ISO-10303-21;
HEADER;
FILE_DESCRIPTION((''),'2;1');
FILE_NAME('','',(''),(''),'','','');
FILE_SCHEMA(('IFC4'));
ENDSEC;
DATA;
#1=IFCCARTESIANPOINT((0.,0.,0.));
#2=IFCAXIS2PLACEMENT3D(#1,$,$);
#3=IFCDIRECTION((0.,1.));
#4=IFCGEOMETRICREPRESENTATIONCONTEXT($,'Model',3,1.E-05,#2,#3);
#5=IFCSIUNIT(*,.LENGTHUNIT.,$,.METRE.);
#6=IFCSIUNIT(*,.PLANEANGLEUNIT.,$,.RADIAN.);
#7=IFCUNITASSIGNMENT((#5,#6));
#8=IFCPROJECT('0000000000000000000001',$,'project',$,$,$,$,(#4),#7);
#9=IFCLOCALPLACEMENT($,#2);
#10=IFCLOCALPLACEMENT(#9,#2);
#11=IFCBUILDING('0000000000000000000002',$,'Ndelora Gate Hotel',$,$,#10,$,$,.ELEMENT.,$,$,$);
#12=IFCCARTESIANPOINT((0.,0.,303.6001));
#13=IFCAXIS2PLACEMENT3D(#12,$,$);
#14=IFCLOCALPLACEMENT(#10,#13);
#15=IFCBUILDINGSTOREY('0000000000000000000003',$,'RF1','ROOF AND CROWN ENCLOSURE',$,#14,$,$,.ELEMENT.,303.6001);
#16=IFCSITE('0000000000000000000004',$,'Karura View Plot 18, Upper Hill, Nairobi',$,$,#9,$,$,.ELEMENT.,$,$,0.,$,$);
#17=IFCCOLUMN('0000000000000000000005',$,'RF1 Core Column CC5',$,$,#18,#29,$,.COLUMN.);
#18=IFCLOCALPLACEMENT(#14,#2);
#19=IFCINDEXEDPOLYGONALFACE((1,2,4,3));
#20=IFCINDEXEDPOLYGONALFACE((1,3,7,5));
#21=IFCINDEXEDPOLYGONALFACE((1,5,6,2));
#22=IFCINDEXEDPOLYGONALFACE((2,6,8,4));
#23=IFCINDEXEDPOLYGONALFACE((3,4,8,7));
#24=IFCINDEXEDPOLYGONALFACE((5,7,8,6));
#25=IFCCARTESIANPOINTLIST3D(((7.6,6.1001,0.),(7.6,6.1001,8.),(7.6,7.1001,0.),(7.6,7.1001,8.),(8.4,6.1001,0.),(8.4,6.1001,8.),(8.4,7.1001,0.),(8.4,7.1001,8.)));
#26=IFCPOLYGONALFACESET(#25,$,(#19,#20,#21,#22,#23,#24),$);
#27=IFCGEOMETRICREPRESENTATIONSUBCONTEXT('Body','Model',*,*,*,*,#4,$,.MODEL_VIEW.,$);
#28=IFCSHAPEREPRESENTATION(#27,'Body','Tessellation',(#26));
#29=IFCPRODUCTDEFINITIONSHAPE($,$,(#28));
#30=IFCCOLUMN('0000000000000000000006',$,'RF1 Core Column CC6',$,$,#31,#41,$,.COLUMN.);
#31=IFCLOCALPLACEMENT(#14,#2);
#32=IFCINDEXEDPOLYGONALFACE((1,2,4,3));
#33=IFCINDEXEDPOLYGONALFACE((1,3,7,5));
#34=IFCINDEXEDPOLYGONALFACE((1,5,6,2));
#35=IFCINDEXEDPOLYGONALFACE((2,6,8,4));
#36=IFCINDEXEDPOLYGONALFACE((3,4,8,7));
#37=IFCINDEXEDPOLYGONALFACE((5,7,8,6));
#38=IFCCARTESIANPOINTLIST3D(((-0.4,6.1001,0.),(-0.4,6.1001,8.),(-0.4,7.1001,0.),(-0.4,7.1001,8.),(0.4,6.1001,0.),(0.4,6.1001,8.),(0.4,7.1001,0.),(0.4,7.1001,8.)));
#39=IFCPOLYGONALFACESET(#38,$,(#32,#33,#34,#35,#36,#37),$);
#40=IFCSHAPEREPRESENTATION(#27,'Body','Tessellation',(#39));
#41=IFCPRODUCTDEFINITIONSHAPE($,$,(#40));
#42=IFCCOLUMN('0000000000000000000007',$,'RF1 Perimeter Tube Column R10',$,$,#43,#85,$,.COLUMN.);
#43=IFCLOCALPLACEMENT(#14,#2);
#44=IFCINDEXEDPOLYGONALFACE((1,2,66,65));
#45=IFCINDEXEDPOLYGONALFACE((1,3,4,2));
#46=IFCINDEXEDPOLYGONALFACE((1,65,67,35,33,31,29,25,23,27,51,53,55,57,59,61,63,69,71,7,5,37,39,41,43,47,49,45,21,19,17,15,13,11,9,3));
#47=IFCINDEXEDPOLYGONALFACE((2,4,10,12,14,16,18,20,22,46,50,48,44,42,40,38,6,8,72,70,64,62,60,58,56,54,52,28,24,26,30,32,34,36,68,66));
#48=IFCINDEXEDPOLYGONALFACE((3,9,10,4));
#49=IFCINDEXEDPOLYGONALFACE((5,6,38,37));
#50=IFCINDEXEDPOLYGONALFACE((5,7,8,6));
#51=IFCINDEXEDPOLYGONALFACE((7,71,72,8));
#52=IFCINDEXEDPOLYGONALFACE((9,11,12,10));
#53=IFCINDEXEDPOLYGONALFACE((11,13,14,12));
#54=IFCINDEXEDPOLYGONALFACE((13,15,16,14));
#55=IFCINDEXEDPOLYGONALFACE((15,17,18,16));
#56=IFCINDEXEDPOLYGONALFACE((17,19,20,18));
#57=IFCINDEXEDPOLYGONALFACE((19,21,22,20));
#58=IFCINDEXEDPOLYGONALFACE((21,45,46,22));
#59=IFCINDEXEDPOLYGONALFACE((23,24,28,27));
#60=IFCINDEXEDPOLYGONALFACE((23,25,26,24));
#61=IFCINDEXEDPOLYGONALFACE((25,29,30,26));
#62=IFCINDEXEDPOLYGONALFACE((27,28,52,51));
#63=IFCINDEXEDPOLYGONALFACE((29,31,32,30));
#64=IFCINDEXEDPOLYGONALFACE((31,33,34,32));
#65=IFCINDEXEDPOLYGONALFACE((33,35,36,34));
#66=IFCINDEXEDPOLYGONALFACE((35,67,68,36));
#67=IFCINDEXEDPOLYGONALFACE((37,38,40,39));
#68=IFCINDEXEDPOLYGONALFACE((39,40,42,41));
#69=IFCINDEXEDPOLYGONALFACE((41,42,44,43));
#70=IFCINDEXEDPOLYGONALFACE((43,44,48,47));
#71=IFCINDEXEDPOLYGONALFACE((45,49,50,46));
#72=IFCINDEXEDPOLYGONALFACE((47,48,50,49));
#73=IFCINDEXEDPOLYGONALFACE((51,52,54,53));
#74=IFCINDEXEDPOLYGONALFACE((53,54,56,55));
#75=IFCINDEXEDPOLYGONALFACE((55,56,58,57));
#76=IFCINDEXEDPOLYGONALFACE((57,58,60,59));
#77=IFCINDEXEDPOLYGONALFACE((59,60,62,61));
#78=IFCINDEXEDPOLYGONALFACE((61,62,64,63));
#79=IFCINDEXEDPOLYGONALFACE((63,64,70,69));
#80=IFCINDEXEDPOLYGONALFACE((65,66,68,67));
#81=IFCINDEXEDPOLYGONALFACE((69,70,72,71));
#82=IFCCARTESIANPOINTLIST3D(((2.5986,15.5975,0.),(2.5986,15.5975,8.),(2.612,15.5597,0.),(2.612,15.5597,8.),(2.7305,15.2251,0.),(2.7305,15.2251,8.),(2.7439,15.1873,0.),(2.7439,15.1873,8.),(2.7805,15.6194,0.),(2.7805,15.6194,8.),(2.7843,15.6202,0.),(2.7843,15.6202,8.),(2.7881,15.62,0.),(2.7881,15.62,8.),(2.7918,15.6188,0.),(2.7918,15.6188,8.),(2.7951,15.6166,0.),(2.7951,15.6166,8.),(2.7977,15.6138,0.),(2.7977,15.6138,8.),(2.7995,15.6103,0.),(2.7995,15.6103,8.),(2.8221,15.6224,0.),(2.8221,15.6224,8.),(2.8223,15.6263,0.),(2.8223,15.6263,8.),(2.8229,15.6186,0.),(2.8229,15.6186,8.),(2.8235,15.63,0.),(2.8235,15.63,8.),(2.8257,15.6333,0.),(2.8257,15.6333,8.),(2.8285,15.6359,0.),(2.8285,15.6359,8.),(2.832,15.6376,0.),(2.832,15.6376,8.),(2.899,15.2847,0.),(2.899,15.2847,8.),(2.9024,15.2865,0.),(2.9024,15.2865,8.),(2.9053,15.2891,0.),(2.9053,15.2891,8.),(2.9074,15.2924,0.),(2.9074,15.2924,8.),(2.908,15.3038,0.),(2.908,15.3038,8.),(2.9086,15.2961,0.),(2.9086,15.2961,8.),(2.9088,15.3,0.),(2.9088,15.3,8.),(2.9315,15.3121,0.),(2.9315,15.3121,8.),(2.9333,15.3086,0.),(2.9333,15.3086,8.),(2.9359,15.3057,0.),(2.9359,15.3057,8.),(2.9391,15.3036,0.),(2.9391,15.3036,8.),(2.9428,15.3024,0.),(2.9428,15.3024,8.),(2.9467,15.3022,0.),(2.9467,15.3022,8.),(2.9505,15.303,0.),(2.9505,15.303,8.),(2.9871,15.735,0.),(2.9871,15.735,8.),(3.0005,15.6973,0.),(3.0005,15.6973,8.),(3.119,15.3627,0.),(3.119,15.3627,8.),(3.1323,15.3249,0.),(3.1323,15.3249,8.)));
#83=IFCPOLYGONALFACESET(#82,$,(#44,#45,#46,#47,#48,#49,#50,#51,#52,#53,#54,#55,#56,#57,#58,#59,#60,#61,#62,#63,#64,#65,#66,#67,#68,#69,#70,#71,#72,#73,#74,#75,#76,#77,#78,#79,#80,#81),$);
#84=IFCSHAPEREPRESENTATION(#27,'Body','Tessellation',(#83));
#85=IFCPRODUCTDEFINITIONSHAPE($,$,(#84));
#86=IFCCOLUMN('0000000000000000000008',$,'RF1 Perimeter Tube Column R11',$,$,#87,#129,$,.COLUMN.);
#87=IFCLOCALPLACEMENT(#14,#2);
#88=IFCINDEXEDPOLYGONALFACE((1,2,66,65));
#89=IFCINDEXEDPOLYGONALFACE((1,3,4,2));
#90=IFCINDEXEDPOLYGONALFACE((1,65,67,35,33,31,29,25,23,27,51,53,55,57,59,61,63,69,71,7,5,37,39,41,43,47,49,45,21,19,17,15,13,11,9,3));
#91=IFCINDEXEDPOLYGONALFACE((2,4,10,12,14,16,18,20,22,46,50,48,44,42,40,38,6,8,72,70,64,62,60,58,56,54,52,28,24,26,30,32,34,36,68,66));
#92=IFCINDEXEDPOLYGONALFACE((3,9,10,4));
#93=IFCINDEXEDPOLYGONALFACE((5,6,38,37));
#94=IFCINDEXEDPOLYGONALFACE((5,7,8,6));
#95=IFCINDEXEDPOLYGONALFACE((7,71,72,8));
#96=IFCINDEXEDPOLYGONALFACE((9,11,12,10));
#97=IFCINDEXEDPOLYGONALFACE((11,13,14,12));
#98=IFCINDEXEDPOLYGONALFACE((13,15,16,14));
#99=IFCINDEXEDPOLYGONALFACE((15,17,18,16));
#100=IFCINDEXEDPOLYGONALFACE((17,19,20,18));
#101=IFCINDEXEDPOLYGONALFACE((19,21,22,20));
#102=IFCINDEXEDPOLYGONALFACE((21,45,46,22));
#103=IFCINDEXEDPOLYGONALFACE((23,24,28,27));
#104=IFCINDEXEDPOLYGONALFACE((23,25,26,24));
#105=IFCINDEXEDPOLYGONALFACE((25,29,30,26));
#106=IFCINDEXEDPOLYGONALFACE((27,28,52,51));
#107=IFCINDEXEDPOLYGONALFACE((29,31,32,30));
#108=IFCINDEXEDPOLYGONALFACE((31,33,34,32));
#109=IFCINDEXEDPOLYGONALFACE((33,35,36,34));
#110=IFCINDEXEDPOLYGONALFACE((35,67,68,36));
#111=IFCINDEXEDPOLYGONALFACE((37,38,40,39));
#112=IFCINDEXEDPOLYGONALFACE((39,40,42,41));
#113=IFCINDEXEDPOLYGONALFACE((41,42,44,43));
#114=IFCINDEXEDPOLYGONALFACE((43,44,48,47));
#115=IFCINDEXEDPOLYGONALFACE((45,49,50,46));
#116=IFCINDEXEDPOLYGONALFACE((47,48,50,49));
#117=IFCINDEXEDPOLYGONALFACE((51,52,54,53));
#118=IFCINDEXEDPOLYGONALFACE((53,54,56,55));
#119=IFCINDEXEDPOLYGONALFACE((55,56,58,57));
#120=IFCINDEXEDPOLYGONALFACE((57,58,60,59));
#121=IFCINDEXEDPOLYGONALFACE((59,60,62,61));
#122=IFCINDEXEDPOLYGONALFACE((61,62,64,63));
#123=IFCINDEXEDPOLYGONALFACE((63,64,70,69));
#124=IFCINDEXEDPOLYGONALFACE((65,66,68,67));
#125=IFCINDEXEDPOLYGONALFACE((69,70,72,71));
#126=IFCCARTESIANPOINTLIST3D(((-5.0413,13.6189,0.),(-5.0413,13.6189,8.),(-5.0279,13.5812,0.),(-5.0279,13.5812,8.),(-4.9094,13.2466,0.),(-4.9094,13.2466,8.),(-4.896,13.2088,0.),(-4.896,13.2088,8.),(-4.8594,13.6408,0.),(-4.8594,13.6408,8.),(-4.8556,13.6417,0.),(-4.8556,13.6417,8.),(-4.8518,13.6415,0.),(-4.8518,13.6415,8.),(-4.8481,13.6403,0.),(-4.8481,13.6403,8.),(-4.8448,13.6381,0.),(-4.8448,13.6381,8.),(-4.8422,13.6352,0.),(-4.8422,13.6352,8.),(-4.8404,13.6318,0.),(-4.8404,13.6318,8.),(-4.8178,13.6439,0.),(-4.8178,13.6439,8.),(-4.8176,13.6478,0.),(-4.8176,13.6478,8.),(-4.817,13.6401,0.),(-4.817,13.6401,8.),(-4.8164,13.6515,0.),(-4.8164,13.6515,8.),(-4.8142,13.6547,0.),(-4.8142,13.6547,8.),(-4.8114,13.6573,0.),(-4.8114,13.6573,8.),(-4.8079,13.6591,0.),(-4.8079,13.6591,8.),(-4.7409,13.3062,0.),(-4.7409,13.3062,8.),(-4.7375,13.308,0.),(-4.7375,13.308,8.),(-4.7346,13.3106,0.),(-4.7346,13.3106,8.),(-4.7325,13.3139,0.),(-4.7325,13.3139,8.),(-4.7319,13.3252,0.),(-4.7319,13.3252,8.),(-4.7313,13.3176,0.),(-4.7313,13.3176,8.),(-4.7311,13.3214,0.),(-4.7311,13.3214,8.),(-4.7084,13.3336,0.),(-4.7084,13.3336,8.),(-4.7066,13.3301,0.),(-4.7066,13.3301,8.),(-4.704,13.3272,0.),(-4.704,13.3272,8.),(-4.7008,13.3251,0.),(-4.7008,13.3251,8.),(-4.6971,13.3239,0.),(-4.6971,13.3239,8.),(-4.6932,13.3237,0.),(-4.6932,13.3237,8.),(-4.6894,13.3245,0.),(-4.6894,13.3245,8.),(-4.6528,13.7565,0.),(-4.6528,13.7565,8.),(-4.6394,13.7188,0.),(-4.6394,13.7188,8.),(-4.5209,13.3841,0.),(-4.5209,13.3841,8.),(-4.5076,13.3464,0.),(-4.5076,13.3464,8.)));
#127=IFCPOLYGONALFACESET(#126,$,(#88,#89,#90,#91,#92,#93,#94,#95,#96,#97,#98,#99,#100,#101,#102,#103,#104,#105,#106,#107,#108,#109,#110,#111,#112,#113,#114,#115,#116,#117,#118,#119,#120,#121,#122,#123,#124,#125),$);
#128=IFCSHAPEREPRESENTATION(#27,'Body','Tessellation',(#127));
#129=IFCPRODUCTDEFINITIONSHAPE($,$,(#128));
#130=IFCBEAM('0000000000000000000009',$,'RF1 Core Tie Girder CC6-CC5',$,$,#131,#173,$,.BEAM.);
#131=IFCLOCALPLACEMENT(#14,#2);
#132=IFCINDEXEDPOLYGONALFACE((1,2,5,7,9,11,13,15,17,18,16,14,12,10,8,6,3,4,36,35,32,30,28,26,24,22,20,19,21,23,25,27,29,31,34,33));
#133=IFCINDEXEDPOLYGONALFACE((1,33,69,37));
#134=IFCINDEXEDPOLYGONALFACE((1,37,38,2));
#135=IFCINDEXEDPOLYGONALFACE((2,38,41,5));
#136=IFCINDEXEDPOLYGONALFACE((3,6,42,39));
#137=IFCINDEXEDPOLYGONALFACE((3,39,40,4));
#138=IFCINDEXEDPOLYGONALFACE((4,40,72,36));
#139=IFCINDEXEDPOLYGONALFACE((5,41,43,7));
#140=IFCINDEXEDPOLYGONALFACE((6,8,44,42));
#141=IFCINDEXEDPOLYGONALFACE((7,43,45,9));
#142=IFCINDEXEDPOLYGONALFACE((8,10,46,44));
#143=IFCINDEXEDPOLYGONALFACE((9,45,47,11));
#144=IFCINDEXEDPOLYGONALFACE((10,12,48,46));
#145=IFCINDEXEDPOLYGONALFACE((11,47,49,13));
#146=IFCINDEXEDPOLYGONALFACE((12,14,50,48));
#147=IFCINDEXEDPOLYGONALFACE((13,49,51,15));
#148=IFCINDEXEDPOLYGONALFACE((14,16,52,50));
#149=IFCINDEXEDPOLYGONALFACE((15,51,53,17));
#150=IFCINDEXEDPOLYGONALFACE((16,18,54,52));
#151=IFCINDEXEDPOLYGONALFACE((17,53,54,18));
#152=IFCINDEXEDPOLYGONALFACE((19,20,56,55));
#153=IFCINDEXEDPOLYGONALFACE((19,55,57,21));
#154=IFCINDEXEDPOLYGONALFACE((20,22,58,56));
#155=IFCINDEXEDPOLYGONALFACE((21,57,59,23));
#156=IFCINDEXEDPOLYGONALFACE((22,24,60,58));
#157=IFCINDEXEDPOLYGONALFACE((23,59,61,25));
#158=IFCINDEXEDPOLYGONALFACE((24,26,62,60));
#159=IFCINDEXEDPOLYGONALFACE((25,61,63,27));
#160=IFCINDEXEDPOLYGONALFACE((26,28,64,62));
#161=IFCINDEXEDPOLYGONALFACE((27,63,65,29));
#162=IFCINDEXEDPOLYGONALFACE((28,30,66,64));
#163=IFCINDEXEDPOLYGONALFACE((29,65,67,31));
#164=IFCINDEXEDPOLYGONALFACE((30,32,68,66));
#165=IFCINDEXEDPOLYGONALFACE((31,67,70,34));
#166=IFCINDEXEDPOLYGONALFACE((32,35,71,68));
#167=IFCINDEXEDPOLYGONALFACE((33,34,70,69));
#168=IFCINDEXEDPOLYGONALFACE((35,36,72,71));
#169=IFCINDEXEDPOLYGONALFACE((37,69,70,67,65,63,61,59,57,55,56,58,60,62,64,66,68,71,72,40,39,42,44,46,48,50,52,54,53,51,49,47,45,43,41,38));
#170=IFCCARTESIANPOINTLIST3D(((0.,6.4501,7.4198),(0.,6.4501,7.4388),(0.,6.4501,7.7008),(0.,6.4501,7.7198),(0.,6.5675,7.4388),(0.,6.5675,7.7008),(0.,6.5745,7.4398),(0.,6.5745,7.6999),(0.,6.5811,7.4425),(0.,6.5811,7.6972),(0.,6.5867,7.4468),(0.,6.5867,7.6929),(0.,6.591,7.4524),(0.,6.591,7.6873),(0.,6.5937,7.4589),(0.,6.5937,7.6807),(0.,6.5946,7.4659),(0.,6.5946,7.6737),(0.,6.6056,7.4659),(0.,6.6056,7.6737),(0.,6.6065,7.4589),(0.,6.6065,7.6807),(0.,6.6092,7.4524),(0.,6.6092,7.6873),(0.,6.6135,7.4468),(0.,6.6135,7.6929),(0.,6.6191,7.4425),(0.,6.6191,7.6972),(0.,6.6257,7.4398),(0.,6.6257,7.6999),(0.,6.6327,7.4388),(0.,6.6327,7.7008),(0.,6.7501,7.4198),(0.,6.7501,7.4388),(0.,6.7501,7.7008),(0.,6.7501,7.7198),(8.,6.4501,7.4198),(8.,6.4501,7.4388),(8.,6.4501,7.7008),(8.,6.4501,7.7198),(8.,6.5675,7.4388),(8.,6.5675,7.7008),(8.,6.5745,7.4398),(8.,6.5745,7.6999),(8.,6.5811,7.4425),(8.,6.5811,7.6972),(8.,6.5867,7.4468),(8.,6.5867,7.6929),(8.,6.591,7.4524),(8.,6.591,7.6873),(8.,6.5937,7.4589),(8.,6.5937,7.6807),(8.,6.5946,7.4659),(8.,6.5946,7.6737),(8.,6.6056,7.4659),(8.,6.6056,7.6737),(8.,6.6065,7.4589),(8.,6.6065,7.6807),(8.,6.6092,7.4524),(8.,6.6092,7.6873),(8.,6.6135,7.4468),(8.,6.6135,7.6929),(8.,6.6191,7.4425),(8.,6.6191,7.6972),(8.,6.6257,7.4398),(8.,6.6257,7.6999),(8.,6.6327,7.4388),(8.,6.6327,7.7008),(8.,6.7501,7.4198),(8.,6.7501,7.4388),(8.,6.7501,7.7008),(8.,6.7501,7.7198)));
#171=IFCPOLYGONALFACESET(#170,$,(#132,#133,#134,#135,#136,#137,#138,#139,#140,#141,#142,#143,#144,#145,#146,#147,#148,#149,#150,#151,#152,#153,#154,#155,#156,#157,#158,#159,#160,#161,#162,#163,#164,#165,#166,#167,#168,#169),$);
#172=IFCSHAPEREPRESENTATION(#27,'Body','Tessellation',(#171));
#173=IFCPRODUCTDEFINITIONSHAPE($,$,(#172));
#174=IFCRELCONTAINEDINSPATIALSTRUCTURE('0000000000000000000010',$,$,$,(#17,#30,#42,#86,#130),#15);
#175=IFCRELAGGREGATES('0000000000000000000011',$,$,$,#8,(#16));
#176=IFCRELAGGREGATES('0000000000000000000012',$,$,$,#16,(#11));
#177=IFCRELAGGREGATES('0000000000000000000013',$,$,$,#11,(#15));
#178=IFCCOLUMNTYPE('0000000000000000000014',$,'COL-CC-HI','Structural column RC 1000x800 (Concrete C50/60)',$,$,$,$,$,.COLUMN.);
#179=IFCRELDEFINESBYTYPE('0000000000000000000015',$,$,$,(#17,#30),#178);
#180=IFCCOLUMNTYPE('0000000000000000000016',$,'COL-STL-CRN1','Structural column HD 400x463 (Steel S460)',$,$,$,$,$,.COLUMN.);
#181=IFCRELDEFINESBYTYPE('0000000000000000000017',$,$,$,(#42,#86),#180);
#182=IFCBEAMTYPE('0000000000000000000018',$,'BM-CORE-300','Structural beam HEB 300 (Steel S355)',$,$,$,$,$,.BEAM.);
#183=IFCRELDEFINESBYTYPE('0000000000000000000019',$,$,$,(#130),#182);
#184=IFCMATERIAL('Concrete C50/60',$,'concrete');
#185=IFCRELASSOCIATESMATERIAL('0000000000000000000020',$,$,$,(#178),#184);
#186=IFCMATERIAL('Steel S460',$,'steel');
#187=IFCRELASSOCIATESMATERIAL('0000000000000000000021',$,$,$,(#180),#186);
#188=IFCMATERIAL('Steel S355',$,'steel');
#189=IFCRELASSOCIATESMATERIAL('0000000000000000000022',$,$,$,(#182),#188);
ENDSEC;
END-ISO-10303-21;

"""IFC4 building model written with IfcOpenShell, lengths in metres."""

from ifc_helpers import new_model, si_unit, direction, frame, origin, origin_2d, place, context, subcontext, project, spatial, rectangle, i_section, extrude, material, material_profile, profile_set, type_object, element, save


model = new_model("IFC4")

# Units and contexts
model_context = context("Model", 3, precision=1e-05, world=origin(), true_north=direction((0.0, 1.0)))
body_context = subcontext(model_context, "Body", "Model", "MODEL_VIEW")
ifc_project = project(units=[si_unit("LENGTHUNIT", "METRE"), si_unit("PLANEANGLEUNIT", "RADIAN")], contexts=[model_context])

# Site, building, storey
site_placement = place(None, origin())
site = spatial("IfcSite", under=ifc_project, at=site_placement, Name="Karura View Plot 18, Upper Hill, Nairobi", CompositionType="ELEMENT", RefElevation=0.0)
building_placement = place(site_placement, origin())
building = spatial("IfcBuilding", under=site, at=building_placement, Name="Ndelora Gate Hotel", CompositionType="ELEMENT")
storey_placement = place(building_placement, frame((0.0, 0.0, 303.6001)))
storey = spatial("IfcBuildingStorey", under=building, at=storey_placement, Name="RF1", Description="ROOF AND CROWN ENCLOSURE", CompositionType="ELEMENT", Elevation=303.6001)

# Columns
ifc_material_1 = material(Name="Concrete C50/60", Category="concrete")
ifc_material_profile_1 = material_profile(ifc_material_1, rectangle(XDim=0.8, YDim=1.0, at=origin_2d()), Name="RC 1000x800")
ifc_profile_set_1 = profile_set([ifc_material_profile_1], Name="Concrete C50/60")
column_type_1 = type_object("IfcColumnType", Name="COL-CC-HI", Description="Structural column RC 1000x800 (Concrete C50/60)", PredefinedType="COLUMN", material=ifc_profile_set_1)
for number, where, z_axis, x_axis, name in (
    (1, (8.0, 6.6001, 0.0), (0.0, 0.0, 1.0), (1.0, 0.0, 0.0), "RF1 Core Column CC5"),
    (2, (0.0, 6.6001, 0.0), (0.0, 0.0, 1.0), (1.0, 0.0, 0.0), "RF1 Core Column CC6"),
):
    element("IfcColumn", number, at=place(storey_placement, frame(where, z_axis=z_axis, x_axis=x_axis)), inside=storey, type_object=column_type_1, Name=name, PredefinedType="COLUMN", context=body_context, shape_type="SweptSolid", body=[
        extrude(rectangle(XDim=0.8, YDim=1.0, at=origin_2d()), origin(), (0.0, 0.0, 1.0), 8.0),
    ])
ifc_material_2 = material(Name="Steel S460", Category="steel")
ifc_material_profile_2 = material_profile(ifc_material_2, i_section(OverallWidth=0.4121, OverallDepth=0.4351, WebThickness=0.0249, FlangeThickness=0.04, FilletRadius=0.0149, at=origin_2d()), Name="HD 400x463")
ifc_profile_set_2 = profile_set([ifc_material_profile_2], Name="Steel S460")
column_type_2 = type_object("IfcColumnType", Name="COL-STL-CRN1", Description="Structural column HD 400x463 (Steel S460)", PredefinedType="COLUMN", material=ifc_profile_set_2)
for number, where, z_axis, x_axis, name in (
    (3, (2.8655, 15.4612, 0.0), (0.0, 0.0, 1.0), (0.942641, 0.333807, 0.0), "RF1 Perimeter Tube Column R10"),
    (4, (-4.7744, 13.4827, 0.0), (0.0, 0.0, 1.0), (0.942641, 0.333807, 0.0), "RF1 Perimeter Tube Column R11"),
):
    element("IfcColumn", number, at=place(storey_placement, frame(where, z_axis=z_axis, x_axis=x_axis)), inside=storey, type_object=column_type_2, Name=name, PredefinedType="COLUMN", context=body_context, shape_type="SweptSolid", body=[
        extrude(i_section(OverallWidth=0.4121, OverallDepth=0.4351, WebThickness=0.0249, FlangeThickness=0.04, FilletRadius=0.0149, at=origin_2d()), origin(), (0.0, 0.0, 1.0), 8.0),
    ])

# Beam
ifc_material_3 = material(Name="Steel S355", Category="steel")
ifc_material_profile_3 = material_profile(ifc_material_3, i_section(OverallWidth=0.3, OverallDepth=0.3, WebThickness=0.011, FlangeThickness=0.019, FilletRadius=0.0271, at=origin_2d()), Name="HEB 300")
ifc_profile_set_3 = profile_set([ifc_material_profile_3], Name="Steel S355")
beam_type_1 = type_object("IfcBeamType", Name="BM-CORE-300", Description="Structural beam HEB 300 (Steel S355)", PredefinedType="BEAM", material=ifc_profile_set_3)
beam_1_placement = place(storey_placement, frame((0.0, 6.6001, 7.5698), z_axis=(1.0, 0.0, 0.0), x_axis=(0.0, 1.0, 0.0)))
element("IfcBeam", 5, at=beam_1_placement, inside=storey, type_object=beam_type_1, Name="RF1 Core Tie Girder CC6-CC5", PredefinedType="BEAM", context=body_context, shape_type="SweptSolid", body=[
    extrude(i_section(OverallWidth=0.3, OverallDepth=0.3, WebThickness=0.011, FlangeThickness=0.019, FilletRadius=0.0271, at=origin_2d()), origin(), (0.0, 0.0, 1.0), 8.0),
])

save(model, "model.ifc")
